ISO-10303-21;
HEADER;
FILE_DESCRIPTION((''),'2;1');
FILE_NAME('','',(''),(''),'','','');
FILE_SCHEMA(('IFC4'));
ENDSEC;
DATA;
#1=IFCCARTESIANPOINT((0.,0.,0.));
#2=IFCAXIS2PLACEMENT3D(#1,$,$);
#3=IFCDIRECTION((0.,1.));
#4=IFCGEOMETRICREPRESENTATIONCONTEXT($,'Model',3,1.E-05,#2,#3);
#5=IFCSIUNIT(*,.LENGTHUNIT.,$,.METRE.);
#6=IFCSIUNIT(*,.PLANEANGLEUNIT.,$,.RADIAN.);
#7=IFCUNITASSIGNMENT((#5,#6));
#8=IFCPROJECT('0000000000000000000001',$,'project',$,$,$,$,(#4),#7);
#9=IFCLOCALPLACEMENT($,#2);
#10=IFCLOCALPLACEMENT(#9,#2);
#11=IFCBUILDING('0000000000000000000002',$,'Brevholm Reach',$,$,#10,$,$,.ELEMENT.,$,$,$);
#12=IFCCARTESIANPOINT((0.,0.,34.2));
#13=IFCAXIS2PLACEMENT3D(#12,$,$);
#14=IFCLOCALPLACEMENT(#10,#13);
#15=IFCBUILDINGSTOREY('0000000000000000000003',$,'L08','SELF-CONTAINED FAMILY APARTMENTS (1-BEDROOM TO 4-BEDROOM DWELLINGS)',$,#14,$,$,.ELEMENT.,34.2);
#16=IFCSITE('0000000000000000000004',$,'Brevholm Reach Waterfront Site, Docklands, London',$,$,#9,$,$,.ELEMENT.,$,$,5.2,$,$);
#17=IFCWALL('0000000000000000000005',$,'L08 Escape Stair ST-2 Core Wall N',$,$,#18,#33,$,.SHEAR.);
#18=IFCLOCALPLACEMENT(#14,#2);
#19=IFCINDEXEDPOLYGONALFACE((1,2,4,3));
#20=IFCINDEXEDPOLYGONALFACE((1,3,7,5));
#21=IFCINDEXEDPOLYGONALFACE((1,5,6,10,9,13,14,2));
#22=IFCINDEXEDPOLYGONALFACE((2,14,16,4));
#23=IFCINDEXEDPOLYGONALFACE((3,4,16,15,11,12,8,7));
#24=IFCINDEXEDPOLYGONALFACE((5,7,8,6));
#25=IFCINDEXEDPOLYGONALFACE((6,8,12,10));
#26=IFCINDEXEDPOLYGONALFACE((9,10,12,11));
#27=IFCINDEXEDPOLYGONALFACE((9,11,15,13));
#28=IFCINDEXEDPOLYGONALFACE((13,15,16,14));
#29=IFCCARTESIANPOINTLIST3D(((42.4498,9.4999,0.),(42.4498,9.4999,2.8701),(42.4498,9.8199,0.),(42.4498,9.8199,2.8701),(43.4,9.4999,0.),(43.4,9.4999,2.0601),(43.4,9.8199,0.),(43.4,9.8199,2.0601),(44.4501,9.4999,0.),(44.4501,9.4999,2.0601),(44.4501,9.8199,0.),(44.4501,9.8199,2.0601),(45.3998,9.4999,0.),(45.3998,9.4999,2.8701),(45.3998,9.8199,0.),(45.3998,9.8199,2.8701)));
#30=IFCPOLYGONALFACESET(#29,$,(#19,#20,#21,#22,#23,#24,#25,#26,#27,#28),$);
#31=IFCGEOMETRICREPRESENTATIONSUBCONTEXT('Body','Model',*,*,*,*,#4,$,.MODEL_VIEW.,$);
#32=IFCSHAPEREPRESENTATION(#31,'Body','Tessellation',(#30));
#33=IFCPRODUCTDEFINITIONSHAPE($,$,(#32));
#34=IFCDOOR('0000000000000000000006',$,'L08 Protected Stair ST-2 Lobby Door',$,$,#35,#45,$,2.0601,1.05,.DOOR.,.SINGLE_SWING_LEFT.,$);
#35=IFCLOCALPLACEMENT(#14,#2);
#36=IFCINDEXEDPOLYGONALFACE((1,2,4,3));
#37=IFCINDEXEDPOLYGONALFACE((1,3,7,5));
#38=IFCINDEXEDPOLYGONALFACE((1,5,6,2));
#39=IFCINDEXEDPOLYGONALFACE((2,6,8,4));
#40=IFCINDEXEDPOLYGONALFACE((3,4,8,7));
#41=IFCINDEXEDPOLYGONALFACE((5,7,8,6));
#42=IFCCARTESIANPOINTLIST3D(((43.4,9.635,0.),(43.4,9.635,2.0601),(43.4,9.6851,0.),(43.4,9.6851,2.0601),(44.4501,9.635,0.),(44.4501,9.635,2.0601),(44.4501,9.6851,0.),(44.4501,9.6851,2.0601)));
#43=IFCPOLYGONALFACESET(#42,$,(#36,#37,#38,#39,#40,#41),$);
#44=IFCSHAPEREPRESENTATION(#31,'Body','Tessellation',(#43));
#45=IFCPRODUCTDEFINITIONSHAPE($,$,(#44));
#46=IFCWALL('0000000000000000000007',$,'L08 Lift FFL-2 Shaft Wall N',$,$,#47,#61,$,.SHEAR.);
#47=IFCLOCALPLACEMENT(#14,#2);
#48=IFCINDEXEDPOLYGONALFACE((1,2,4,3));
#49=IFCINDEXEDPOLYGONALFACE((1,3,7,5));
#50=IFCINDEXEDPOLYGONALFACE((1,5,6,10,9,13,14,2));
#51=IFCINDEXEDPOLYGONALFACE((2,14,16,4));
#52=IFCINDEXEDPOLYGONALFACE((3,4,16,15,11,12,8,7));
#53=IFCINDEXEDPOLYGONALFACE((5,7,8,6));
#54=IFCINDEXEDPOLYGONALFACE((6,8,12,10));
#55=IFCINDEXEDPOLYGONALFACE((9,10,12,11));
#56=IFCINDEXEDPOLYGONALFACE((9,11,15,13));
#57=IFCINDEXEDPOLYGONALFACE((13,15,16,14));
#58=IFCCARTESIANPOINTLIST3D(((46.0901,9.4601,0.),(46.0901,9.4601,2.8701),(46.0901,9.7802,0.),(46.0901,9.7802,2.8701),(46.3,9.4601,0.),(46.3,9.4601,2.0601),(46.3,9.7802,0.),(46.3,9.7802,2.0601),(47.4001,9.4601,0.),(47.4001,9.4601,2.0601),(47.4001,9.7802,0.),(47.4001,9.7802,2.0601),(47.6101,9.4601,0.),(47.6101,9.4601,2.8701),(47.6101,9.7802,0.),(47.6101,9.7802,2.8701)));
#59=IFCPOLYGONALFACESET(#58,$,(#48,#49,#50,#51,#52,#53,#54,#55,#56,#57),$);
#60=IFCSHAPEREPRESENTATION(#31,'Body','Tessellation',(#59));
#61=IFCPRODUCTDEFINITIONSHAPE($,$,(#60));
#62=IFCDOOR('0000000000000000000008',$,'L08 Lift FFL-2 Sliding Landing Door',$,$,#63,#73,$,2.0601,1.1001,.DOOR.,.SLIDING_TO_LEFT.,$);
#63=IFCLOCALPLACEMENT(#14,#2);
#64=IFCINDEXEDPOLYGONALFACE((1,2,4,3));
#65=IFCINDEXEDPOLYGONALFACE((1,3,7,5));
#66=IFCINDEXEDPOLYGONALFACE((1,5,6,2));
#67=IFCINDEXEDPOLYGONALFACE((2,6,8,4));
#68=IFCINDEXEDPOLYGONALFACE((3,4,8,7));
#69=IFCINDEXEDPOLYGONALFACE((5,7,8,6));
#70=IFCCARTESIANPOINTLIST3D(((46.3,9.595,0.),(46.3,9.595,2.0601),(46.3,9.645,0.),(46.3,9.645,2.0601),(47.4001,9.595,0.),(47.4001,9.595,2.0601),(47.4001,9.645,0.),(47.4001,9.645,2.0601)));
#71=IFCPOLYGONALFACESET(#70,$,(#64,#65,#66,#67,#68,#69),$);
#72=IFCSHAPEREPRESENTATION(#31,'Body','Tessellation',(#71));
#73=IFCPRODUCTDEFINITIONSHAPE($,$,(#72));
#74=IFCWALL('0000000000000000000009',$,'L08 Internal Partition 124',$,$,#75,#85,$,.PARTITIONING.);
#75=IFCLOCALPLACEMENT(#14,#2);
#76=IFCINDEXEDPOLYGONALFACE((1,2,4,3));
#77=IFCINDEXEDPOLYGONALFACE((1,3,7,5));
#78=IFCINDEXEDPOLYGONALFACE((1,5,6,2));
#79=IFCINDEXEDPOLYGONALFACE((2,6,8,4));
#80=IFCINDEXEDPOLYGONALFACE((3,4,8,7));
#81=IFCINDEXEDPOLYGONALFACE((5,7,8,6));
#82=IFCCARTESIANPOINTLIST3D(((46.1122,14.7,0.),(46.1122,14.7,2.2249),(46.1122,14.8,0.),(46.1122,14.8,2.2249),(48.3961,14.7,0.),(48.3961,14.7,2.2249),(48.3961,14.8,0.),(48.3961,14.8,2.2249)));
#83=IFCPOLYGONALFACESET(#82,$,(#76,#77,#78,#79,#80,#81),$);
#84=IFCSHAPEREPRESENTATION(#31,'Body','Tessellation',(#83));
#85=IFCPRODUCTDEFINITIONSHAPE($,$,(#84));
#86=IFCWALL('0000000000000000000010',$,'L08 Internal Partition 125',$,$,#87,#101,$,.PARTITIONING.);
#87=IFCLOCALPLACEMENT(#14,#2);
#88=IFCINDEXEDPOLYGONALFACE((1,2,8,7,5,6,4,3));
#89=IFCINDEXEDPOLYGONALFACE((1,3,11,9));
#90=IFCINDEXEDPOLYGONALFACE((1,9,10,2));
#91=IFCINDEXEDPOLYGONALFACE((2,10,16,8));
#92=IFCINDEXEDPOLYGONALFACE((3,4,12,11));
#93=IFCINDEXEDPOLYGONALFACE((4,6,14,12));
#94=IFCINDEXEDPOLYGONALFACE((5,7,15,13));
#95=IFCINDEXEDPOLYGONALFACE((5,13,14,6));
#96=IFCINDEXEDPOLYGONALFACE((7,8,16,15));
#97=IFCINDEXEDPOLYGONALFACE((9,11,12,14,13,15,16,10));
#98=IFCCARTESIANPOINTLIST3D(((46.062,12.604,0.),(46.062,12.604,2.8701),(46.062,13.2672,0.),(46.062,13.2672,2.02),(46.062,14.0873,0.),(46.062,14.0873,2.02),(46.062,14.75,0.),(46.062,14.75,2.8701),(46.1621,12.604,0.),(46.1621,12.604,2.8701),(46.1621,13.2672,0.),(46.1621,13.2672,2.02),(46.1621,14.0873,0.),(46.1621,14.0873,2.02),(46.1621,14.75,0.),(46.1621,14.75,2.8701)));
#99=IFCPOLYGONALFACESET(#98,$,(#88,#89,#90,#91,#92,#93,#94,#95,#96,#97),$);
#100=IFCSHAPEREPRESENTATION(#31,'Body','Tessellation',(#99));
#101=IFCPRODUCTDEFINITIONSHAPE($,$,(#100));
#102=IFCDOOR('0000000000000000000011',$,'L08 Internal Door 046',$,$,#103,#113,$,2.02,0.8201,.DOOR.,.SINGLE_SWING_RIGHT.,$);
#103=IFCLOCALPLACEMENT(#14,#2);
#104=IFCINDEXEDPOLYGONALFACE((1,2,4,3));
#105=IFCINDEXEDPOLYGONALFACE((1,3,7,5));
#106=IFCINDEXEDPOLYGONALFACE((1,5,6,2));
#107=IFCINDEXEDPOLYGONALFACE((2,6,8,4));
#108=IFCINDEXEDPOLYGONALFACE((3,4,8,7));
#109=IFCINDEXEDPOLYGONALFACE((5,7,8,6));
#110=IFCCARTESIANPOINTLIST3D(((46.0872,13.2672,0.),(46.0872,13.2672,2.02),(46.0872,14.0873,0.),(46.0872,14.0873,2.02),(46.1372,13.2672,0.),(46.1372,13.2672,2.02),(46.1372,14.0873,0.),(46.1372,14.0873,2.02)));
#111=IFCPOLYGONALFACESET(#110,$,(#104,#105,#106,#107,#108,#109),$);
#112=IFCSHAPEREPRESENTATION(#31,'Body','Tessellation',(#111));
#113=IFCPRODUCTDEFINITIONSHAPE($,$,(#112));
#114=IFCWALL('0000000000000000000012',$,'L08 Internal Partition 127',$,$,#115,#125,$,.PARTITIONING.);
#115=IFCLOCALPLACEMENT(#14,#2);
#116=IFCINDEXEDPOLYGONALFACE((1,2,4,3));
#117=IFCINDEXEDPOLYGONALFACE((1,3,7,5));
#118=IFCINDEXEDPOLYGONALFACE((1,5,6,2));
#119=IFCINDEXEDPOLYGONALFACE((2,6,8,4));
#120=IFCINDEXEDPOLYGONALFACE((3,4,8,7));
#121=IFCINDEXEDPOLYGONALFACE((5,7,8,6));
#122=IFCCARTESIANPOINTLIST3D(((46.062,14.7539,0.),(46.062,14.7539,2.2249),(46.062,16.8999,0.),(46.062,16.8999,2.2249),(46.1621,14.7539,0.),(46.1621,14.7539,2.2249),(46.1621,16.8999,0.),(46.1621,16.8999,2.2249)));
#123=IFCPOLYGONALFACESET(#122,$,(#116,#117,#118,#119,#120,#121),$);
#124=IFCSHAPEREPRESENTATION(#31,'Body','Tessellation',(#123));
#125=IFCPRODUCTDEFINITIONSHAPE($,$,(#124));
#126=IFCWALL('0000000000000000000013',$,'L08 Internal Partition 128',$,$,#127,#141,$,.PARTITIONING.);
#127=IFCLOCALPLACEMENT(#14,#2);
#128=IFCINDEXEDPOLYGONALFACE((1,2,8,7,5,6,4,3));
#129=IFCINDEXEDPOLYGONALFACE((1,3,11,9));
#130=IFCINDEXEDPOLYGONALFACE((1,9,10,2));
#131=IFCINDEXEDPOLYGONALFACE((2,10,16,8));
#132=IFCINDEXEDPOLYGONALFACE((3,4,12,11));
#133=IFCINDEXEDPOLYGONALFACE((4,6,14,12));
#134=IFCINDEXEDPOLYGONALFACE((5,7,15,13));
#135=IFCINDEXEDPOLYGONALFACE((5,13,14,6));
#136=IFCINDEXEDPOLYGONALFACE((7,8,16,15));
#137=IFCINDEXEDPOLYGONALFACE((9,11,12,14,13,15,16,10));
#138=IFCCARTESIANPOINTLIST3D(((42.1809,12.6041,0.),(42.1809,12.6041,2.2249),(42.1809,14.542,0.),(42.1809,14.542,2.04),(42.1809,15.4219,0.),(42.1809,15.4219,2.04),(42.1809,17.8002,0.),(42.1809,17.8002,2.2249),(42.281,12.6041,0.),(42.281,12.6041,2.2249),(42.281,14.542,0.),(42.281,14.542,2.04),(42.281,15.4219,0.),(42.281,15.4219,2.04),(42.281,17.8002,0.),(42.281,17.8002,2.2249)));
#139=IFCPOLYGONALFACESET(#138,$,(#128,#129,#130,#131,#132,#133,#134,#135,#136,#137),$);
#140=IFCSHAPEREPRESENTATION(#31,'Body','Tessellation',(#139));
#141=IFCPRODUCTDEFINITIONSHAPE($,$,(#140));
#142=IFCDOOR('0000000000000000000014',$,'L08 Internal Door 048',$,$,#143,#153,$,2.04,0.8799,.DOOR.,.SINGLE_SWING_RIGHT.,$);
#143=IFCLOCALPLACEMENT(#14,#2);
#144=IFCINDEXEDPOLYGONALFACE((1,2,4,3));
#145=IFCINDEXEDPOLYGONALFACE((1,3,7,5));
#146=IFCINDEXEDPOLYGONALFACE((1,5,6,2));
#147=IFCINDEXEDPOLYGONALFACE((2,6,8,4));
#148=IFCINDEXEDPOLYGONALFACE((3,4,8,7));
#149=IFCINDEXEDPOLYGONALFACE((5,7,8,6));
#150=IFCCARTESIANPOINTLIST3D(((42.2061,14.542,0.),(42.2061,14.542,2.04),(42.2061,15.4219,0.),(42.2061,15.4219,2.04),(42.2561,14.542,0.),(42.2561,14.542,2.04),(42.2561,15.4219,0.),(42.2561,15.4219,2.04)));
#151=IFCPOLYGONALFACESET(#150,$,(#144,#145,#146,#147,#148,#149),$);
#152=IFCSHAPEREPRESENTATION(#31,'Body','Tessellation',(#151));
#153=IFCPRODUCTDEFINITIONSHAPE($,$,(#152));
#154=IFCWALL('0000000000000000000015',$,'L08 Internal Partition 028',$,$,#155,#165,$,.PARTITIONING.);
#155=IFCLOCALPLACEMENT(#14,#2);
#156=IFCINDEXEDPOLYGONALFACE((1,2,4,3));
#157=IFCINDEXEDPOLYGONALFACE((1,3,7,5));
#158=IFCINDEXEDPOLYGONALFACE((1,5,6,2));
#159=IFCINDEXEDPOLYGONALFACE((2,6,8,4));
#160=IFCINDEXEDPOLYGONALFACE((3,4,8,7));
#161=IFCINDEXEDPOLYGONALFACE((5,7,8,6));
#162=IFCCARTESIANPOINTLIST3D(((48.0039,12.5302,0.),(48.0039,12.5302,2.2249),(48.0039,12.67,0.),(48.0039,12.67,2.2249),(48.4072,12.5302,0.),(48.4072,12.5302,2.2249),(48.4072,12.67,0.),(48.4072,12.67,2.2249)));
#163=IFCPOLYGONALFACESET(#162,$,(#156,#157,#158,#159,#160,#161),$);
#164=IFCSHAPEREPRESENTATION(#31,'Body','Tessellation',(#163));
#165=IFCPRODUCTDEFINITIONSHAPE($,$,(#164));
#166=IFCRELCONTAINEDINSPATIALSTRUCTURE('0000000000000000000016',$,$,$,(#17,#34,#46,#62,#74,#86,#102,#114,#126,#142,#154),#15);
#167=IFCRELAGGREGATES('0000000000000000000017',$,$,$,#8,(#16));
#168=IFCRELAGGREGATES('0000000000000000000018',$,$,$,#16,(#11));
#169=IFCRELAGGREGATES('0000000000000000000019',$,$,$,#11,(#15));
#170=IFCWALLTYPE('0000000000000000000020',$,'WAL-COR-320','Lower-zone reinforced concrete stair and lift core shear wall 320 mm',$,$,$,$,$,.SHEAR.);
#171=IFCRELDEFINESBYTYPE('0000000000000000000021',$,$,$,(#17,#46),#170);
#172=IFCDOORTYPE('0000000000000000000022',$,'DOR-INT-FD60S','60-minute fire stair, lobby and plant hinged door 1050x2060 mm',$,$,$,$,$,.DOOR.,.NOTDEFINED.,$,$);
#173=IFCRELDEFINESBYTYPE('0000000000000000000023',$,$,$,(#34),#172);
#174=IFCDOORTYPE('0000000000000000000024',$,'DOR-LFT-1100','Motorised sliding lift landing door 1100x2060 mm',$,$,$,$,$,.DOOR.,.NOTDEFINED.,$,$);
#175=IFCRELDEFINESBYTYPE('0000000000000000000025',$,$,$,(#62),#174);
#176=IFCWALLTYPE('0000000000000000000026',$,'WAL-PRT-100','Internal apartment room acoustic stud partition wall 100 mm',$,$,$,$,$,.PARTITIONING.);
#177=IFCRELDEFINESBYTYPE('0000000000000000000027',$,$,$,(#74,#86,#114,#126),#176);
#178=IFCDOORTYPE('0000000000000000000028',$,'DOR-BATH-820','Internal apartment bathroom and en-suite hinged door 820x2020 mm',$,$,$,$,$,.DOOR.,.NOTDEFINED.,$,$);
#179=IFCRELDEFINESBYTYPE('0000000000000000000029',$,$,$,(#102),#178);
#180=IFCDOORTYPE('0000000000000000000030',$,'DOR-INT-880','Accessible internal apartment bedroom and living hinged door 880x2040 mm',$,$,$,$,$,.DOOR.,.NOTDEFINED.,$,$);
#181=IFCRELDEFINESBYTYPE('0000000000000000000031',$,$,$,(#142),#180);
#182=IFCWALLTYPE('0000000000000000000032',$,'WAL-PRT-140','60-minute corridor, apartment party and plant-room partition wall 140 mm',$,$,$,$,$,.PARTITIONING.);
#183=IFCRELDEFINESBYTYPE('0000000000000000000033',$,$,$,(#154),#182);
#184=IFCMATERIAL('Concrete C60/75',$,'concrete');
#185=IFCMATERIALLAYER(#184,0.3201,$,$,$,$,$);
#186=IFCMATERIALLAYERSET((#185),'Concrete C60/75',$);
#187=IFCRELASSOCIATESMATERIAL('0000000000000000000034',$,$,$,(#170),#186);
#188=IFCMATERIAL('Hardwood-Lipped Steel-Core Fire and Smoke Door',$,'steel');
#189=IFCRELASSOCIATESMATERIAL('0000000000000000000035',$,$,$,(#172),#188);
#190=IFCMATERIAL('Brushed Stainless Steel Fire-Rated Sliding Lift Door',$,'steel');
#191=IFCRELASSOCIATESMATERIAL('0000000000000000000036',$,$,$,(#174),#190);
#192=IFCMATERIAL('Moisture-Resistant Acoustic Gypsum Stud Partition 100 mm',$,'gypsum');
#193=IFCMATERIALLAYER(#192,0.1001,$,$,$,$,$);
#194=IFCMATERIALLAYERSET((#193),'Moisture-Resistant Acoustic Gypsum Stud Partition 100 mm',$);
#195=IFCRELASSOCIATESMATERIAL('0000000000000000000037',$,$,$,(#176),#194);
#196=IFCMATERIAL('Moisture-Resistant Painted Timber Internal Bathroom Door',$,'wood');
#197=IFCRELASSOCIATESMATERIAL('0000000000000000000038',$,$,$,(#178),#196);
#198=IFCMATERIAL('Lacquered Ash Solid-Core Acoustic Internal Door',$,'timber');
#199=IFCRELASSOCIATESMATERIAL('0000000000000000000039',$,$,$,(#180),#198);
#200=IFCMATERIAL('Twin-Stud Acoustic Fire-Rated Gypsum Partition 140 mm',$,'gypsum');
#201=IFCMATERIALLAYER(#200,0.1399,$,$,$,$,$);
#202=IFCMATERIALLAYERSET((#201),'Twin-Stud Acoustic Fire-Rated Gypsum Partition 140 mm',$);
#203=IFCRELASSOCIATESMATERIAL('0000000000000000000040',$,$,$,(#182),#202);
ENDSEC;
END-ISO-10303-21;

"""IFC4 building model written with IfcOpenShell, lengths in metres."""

from ifc_helpers import new_model, si_unit, direction, frame, frame_2d, origin, place, context, subcontext, project, spatial, rectangle, extrude, material, layer, layer_set, type_object, element, fill, save


model = new_model("IFC4")

# Units and contexts
model_context = context("Model", 3, precision=1e-05, world=origin(), true_north=direction((0.0, 1.0)))
body_context = subcontext(model_context, "Body", "Model", "MODEL_VIEW")
ifc_project = project(units=[si_unit("LENGTHUNIT", "METRE"), si_unit("PLANEANGLEUNIT", "RADIAN")], contexts=[model_context])

# Site, building, storey
site_placement = place(None, origin())
site = spatial("IfcSite", under=ifc_project, at=site_placement, Name="Brevholm Reach Waterfront Site, Docklands, London", CompositionType="ELEMENT", RefElevation=5.2)
building_placement = place(site_placement, origin())
building = spatial("IfcBuilding", under=site, at=building_placement, Name="Brevholm Reach", CompositionType="ELEMENT")
storey_placement = place(building_placement, frame((0.0, 0.0, 34.2)))
storey = spatial("IfcBuildingStorey", under=building, at=storey_placement, Name="L08", Description="SELF-CONTAINED FAMILY APARTMENTS (1-BEDROOM TO 4-BEDROOM DWELLINGS)", CompositionType="ELEMENT", Elevation=34.2)

# Walls, openings, doors
ifc_material_1 = material(Name="Concrete C60/75", Category="concrete")
ifc_layer_1 = layer(ifc_material_1, 0.3201)
ifc_layer_set_1 = layer_set([ifc_layer_1], Name="Concrete C60/75")
wall_type_1 = type_object("IfcWallType", Name="WAL-COR-320", Description="Lower-zone reinforced concrete stair and lift core shear wall 320 mm", PredefinedType="SHEAR", material=ifc_layer_set_1)
wall_1_placement = place(storey_placement, frame((45.3999, 9.6599, 0.0), z_axis=(0.0, 0.0, 1.0), x_axis=(-1.0, 0.0, 0.0)))
wall_1 = element("IfcWall", 1, at=wall_1_placement, inside=storey, type_object=wall_type_1, Name="L08 Escape Stair ST-2 Core Wall N", PredefinedType="SHEAR", context=body_context, shape_type="SweptSolid", body=[
    extrude(rectangle(XDim=2.95, YDim=0.3201, at=frame_2d((1.4751, 0.0))), origin(), (0.0, 0.0, 1.0), 2.8701),
])
opening_1_placement = place(wall_1_placement, frame((0.95, 0.0, 0.0)))
opening_1 = element("IfcOpeningElement", 2, at=opening_1_placement, cuts=wall_1, PredefinedType="OPENING", context=body_context, shape_type="SweptSolid", body=[
    extrude(rectangle(XDim=1.05, YDim=2.0601, at=frame_2d((0.5249, 1.03))), frame((0.0, 0.1699, 0.0), z_axis=(0.0, -1.0, 0.0), x_axis=(1.0, 0.0, 0.0)), (0.0, 0.0, 1.0), 0.3401),
])
ifc_material_2 = material(Name="Hardwood-Lipped Steel-Core Fire and Smoke Door", Category="steel")
door_type_1 = type_object("IfcDoorType", Name="DOR-INT-FD60S", Description="60-minute fire stair, lobby and plant hinged door 1050x2060 mm", OperationType="NOTDEFINED", PredefinedType="DOOR", material=ifc_material_2)
door_1_placement = place(opening_1_placement, origin())
door_1 = element("IfcDoor", 3, at=door_1_placement, inside=storey, type_object=door_type_1, Name="L08 Protected Stair ST-2 Lobby Door", OperationType="SINGLE_SWING_LEFT", OverallHeight=2.0601, OverallWidth=1.05, PredefinedType="DOOR", context=body_context, shape_type="SweptSolid", body=[
    extrude(rectangle(XDim=1.05, YDim=2.0601, at=frame_2d((0.5249, 1.03))), frame((0.0, 0.0249, 0.0), z_axis=(0.0, -1.0, 0.0), x_axis=(1.0, 0.0, 0.0)), (0.0, 0.0, 1.0), 0.05),
])
fill(opening_1, door_1)
wall_2_placement = place(storey_placement, frame((46.0901, 9.6201, 0.0), z_axis=(0.0, 0.0, 1.0), x_axis=(1.0, 0.0, 0.0)))
wall_2 = element("IfcWall", 4, at=wall_2_placement, inside=storey, type_object=wall_type_1, Name="L08 Lift FFL-2 Shaft Wall N", PredefinedType="SHEAR", context=body_context, shape_type="SweptSolid", body=[
    extrude(rectangle(XDim=1.52, YDim=0.3201, at=frame_2d((0.76, 0.0))), origin(), (0.0, 0.0, 1.0), 2.8701),
])
opening_2_placement = place(wall_2_placement, frame((0.21, 0.0, 0.0)))
opening_2 = element("IfcOpeningElement", 5, at=opening_2_placement, cuts=wall_2, PredefinedType="OPENING", context=body_context, shape_type="SweptSolid", body=[
    extrude(rectangle(XDim=1.1001, YDim=2.0601, at=frame_2d((0.55, 1.03))), frame((0.0, 0.1699, 0.0), z_axis=(0.0, -1.0, 0.0), x_axis=(1.0, 0.0, 0.0)), (0.0, 0.0, 1.0), 0.3401),
])
ifc_material_3 = material(Name="Brushed Stainless Steel Fire-Rated Sliding Lift Door", Category="steel")
door_type_2 = type_object("IfcDoorType", Name="DOR-LFT-1100", Description="Motorised sliding lift landing door 1100x2060 mm", OperationType="NOTDEFINED", PredefinedType="DOOR", material=ifc_material_3)
door_2_placement = place(opening_2_placement, origin())
door_2 = element("IfcDoor", 6, at=door_2_placement, inside=storey, type_object=door_type_2, Name="L08 Lift FFL-2 Sliding Landing Door", OperationType="SLIDING_TO_LEFT", OverallHeight=2.0601, OverallWidth=1.1001, PredefinedType="DOOR", context=body_context, shape_type="SweptSolid", body=[
    extrude(rectangle(XDim=1.1001, YDim=2.0601, at=frame_2d((0.55, 1.03))), frame((0.0, 0.0249, 0.0), z_axis=(0.0, -1.0, 0.0), x_axis=(1.0, 0.0, 0.0)), (0.0, 0.0, 1.0), 0.05),
])
fill(opening_2, door_2)

# Wall
ifc_material_4 = material(Name="Moisture-Resistant Acoustic Gypsum Stud Partition 100 mm", Category="gypsum")
ifc_layer_2 = layer(ifc_material_4, 0.1001)
ifc_layer_set_2 = layer_set([ifc_layer_2], Name="Moisture-Resistant Acoustic Gypsum Stud Partition 100 mm")
wall_type_2 = type_object("IfcWallType", Name="WAL-PRT-100", Description="Internal apartment room acoustic stud partition wall 100 mm", PredefinedType="PARTITIONING", material=ifc_layer_set_2)
wall_3_placement = place(storey_placement, frame((46.1121, 14.75, 0.0), z_axis=(0.0, 0.0, 1.0), x_axis=(1.0, 0.0, 0.0)))
element("IfcWall", 7, at=wall_3_placement, inside=storey, type_object=wall_type_2, Name="L08 Internal Partition 124", PredefinedType="PARTITIONING", context=body_context, shape_type="SweptSolid", body=[
    extrude(rectangle(XDim=2.2839, YDim=0.1001, at=frame_2d((1.1421, 0.0))), origin(), (0.0, 0.0, 1.0), 2.2249),
])

# Wall, opening, door
wall_4_placement = place(storey_placement, frame((46.1121, 12.604, 0.0), z_axis=(0.0, 0.0, 1.0), x_axis=(0.0, 1.0, 0.0)))
wall_4 = element("IfcWall", 8, at=wall_4_placement, inside=storey, type_object=wall_type_2, Name="L08 Internal Partition 125", PredefinedType="PARTITIONING", context=body_context, shape_type="SweptSolid", body=[
    extrude(rectangle(XDim=2.146, YDim=0.1001, at=frame_2d((1.073, 0.0))), origin(), (0.0, 0.0, 1.0), 2.8701),
])
opening_3_placement = place(wall_4_placement, frame((0.6631, 0.0, 0.0)))
opening_3 = element("IfcOpeningElement", 9, at=opening_3_placement, cuts=wall_4, PredefinedType="OPENING", context=body_context, shape_type="SweptSolid", body=[
    extrude(rectangle(XDim=0.8201, YDim=2.02, at=frame_2d((0.4102, 1.01))), frame((0.0, 0.0601, 0.0), z_axis=(0.0, -1.0, 0.0), x_axis=(1.0, 0.0, 0.0)), (0.0, 0.0, 1.0), 0.1201),
])
ifc_material_5 = material(Name="Moisture-Resistant Painted Timber Internal Bathroom Door", Category="wood")
door_type_3 = type_object("IfcDoorType", Name="DOR-BATH-820", Description="Internal apartment bathroom and en-suite hinged door 820x2020 mm", OperationType="NOTDEFINED", PredefinedType="DOOR", material=ifc_material_5)
door_3_placement = place(opening_3_placement, origin())
door_3 = element("IfcDoor", 10, at=door_3_placement, inside=storey, type_object=door_type_3, Name="L08 Internal Door 046", OperationType="SINGLE_SWING_RIGHT", OverallHeight=2.02, OverallWidth=0.8201, PredefinedType="DOOR", context=body_context, shape_type="SweptSolid", body=[
    extrude(rectangle(XDim=0.8201, YDim=2.02, at=frame_2d((0.4102, 1.01))), frame((0.0, 0.0249, 0.0), z_axis=(0.0, -1.0, 0.0), x_axis=(1.0, 0.0, 0.0)), (0.0, 0.0, 1.0), 0.05),
])
fill(opening_3, door_3)

# Wall
wall_5_placement = place(storey_placement, frame((46.1121, 14.7539, 0.0), z_axis=(0.0, 0.0, 1.0), x_axis=(0.0, 1.0, 0.0)))
element("IfcWall", 11, at=wall_5_placement, inside=storey, type_object=wall_type_2, Name="L08 Internal Partition 127", PredefinedType="PARTITIONING", context=body_context, shape_type="SweptSolid", body=[
    extrude(rectangle(XDim=2.146, YDim=0.1001, at=frame_2d((1.073, 0.0))), origin(), (0.0, 0.0, 1.0), 2.2249),
])

# Wall, opening, door
wall_6_placement = place(storey_placement, frame((42.231, 12.604, 0.0), z_axis=(0.0, 0.0, 1.0), x_axis=(0.0, 1.0, 0.0)))
wall_6 = element("IfcWall", 12, at=wall_6_placement, inside=storey, type_object=wall_type_2, Name="L08 Internal Partition 128", PredefinedType="PARTITIONING", context=body_context, shape_type="SweptSolid", body=[
    extrude(rectangle(XDim=5.196, YDim=0.1001, at=frame_2d((2.5981, 0.0))), origin(), (0.0, 0.0, 1.0), 2.2249),
])
opening_4_placement = place(wall_6_placement, frame((1.938, 0.0, 0.0)))
opening_4 = element("IfcOpeningElement", 13, at=opening_4_placement, cuts=wall_6, PredefinedType="OPENING", context=body_context, shape_type="SweptSolid", body=[
    extrude(rectangle(XDim=0.8799, YDim=2.04, at=frame_2d((0.4399, 1.02))), frame((0.0, 0.0601, 0.0), z_axis=(0.0, -1.0, 0.0), x_axis=(1.0, 0.0, 0.0)), (0.0, 0.0, 1.0), 0.1201),
])
ifc_material_6 = material(Name="Lacquered Ash Solid-Core Acoustic Internal Door", Category="timber")
door_type_4 = type_object("IfcDoorType", Name="DOR-INT-880", Description="Accessible internal apartment bedroom and living hinged door 880x2040 mm", OperationType="NOTDEFINED", PredefinedType="DOOR", material=ifc_material_6)
door_4_placement = place(opening_4_placement, origin())
door_4 = element("IfcDoor", 14, at=door_4_placement, inside=storey, type_object=door_type_4, Name="L08 Internal Door 048", OperationType="SINGLE_SWING_RIGHT", OverallHeight=2.04, OverallWidth=0.8799, PredefinedType="DOOR", context=body_context, shape_type="SweptSolid", body=[
    extrude(rectangle(XDim=0.8799, YDim=2.04, at=frame_2d((0.4399, 1.02))), frame((0.0, 0.0249, 0.0), z_axis=(0.0, -1.0, 0.0), x_axis=(1.0, 0.0, 0.0)), (0.0, 0.0, 1.0), 0.05),
])
fill(opening_4, door_4)

# Wall
ifc_material_7 = material(Name="Twin-Stud Acoustic Fire-Rated Gypsum Partition 140 mm", Category="gypsum")
ifc_layer_3 = layer(ifc_material_7, 0.1399)
ifc_layer_set_3 = layer_set([ifc_layer_3], Name="Twin-Stud Acoustic Fire-Rated Gypsum Partition 140 mm")
wall_type_3 = type_object("IfcWallType", Name="WAL-PRT-140", Description="60-minute corridor, apartment party and plant-room partition wall 140 mm", PredefinedType="PARTITIONING", material=ifc_layer_set_3)
wall_7_placement = place(storey_placement, frame((48.0039, 12.6001, 0.0), z_axis=(0.0, 0.0, 1.0), x_axis=(1.0, 0.0, 0.0)))
element("IfcWall", 15, at=wall_7_placement, inside=storey, type_object=wall_type_3, Name="L08 Internal Partition 028", PredefinedType="PARTITIONING", context=body_context, shape_type="SweptSolid", body=[
    extrude(rectangle(XDim=0.4033, YDim=0.1399, at=frame_2d((0.2017, 0.0))), origin(), (0.0, 0.0, 1.0), 2.2249),
])

save(model, "model.ifc")
